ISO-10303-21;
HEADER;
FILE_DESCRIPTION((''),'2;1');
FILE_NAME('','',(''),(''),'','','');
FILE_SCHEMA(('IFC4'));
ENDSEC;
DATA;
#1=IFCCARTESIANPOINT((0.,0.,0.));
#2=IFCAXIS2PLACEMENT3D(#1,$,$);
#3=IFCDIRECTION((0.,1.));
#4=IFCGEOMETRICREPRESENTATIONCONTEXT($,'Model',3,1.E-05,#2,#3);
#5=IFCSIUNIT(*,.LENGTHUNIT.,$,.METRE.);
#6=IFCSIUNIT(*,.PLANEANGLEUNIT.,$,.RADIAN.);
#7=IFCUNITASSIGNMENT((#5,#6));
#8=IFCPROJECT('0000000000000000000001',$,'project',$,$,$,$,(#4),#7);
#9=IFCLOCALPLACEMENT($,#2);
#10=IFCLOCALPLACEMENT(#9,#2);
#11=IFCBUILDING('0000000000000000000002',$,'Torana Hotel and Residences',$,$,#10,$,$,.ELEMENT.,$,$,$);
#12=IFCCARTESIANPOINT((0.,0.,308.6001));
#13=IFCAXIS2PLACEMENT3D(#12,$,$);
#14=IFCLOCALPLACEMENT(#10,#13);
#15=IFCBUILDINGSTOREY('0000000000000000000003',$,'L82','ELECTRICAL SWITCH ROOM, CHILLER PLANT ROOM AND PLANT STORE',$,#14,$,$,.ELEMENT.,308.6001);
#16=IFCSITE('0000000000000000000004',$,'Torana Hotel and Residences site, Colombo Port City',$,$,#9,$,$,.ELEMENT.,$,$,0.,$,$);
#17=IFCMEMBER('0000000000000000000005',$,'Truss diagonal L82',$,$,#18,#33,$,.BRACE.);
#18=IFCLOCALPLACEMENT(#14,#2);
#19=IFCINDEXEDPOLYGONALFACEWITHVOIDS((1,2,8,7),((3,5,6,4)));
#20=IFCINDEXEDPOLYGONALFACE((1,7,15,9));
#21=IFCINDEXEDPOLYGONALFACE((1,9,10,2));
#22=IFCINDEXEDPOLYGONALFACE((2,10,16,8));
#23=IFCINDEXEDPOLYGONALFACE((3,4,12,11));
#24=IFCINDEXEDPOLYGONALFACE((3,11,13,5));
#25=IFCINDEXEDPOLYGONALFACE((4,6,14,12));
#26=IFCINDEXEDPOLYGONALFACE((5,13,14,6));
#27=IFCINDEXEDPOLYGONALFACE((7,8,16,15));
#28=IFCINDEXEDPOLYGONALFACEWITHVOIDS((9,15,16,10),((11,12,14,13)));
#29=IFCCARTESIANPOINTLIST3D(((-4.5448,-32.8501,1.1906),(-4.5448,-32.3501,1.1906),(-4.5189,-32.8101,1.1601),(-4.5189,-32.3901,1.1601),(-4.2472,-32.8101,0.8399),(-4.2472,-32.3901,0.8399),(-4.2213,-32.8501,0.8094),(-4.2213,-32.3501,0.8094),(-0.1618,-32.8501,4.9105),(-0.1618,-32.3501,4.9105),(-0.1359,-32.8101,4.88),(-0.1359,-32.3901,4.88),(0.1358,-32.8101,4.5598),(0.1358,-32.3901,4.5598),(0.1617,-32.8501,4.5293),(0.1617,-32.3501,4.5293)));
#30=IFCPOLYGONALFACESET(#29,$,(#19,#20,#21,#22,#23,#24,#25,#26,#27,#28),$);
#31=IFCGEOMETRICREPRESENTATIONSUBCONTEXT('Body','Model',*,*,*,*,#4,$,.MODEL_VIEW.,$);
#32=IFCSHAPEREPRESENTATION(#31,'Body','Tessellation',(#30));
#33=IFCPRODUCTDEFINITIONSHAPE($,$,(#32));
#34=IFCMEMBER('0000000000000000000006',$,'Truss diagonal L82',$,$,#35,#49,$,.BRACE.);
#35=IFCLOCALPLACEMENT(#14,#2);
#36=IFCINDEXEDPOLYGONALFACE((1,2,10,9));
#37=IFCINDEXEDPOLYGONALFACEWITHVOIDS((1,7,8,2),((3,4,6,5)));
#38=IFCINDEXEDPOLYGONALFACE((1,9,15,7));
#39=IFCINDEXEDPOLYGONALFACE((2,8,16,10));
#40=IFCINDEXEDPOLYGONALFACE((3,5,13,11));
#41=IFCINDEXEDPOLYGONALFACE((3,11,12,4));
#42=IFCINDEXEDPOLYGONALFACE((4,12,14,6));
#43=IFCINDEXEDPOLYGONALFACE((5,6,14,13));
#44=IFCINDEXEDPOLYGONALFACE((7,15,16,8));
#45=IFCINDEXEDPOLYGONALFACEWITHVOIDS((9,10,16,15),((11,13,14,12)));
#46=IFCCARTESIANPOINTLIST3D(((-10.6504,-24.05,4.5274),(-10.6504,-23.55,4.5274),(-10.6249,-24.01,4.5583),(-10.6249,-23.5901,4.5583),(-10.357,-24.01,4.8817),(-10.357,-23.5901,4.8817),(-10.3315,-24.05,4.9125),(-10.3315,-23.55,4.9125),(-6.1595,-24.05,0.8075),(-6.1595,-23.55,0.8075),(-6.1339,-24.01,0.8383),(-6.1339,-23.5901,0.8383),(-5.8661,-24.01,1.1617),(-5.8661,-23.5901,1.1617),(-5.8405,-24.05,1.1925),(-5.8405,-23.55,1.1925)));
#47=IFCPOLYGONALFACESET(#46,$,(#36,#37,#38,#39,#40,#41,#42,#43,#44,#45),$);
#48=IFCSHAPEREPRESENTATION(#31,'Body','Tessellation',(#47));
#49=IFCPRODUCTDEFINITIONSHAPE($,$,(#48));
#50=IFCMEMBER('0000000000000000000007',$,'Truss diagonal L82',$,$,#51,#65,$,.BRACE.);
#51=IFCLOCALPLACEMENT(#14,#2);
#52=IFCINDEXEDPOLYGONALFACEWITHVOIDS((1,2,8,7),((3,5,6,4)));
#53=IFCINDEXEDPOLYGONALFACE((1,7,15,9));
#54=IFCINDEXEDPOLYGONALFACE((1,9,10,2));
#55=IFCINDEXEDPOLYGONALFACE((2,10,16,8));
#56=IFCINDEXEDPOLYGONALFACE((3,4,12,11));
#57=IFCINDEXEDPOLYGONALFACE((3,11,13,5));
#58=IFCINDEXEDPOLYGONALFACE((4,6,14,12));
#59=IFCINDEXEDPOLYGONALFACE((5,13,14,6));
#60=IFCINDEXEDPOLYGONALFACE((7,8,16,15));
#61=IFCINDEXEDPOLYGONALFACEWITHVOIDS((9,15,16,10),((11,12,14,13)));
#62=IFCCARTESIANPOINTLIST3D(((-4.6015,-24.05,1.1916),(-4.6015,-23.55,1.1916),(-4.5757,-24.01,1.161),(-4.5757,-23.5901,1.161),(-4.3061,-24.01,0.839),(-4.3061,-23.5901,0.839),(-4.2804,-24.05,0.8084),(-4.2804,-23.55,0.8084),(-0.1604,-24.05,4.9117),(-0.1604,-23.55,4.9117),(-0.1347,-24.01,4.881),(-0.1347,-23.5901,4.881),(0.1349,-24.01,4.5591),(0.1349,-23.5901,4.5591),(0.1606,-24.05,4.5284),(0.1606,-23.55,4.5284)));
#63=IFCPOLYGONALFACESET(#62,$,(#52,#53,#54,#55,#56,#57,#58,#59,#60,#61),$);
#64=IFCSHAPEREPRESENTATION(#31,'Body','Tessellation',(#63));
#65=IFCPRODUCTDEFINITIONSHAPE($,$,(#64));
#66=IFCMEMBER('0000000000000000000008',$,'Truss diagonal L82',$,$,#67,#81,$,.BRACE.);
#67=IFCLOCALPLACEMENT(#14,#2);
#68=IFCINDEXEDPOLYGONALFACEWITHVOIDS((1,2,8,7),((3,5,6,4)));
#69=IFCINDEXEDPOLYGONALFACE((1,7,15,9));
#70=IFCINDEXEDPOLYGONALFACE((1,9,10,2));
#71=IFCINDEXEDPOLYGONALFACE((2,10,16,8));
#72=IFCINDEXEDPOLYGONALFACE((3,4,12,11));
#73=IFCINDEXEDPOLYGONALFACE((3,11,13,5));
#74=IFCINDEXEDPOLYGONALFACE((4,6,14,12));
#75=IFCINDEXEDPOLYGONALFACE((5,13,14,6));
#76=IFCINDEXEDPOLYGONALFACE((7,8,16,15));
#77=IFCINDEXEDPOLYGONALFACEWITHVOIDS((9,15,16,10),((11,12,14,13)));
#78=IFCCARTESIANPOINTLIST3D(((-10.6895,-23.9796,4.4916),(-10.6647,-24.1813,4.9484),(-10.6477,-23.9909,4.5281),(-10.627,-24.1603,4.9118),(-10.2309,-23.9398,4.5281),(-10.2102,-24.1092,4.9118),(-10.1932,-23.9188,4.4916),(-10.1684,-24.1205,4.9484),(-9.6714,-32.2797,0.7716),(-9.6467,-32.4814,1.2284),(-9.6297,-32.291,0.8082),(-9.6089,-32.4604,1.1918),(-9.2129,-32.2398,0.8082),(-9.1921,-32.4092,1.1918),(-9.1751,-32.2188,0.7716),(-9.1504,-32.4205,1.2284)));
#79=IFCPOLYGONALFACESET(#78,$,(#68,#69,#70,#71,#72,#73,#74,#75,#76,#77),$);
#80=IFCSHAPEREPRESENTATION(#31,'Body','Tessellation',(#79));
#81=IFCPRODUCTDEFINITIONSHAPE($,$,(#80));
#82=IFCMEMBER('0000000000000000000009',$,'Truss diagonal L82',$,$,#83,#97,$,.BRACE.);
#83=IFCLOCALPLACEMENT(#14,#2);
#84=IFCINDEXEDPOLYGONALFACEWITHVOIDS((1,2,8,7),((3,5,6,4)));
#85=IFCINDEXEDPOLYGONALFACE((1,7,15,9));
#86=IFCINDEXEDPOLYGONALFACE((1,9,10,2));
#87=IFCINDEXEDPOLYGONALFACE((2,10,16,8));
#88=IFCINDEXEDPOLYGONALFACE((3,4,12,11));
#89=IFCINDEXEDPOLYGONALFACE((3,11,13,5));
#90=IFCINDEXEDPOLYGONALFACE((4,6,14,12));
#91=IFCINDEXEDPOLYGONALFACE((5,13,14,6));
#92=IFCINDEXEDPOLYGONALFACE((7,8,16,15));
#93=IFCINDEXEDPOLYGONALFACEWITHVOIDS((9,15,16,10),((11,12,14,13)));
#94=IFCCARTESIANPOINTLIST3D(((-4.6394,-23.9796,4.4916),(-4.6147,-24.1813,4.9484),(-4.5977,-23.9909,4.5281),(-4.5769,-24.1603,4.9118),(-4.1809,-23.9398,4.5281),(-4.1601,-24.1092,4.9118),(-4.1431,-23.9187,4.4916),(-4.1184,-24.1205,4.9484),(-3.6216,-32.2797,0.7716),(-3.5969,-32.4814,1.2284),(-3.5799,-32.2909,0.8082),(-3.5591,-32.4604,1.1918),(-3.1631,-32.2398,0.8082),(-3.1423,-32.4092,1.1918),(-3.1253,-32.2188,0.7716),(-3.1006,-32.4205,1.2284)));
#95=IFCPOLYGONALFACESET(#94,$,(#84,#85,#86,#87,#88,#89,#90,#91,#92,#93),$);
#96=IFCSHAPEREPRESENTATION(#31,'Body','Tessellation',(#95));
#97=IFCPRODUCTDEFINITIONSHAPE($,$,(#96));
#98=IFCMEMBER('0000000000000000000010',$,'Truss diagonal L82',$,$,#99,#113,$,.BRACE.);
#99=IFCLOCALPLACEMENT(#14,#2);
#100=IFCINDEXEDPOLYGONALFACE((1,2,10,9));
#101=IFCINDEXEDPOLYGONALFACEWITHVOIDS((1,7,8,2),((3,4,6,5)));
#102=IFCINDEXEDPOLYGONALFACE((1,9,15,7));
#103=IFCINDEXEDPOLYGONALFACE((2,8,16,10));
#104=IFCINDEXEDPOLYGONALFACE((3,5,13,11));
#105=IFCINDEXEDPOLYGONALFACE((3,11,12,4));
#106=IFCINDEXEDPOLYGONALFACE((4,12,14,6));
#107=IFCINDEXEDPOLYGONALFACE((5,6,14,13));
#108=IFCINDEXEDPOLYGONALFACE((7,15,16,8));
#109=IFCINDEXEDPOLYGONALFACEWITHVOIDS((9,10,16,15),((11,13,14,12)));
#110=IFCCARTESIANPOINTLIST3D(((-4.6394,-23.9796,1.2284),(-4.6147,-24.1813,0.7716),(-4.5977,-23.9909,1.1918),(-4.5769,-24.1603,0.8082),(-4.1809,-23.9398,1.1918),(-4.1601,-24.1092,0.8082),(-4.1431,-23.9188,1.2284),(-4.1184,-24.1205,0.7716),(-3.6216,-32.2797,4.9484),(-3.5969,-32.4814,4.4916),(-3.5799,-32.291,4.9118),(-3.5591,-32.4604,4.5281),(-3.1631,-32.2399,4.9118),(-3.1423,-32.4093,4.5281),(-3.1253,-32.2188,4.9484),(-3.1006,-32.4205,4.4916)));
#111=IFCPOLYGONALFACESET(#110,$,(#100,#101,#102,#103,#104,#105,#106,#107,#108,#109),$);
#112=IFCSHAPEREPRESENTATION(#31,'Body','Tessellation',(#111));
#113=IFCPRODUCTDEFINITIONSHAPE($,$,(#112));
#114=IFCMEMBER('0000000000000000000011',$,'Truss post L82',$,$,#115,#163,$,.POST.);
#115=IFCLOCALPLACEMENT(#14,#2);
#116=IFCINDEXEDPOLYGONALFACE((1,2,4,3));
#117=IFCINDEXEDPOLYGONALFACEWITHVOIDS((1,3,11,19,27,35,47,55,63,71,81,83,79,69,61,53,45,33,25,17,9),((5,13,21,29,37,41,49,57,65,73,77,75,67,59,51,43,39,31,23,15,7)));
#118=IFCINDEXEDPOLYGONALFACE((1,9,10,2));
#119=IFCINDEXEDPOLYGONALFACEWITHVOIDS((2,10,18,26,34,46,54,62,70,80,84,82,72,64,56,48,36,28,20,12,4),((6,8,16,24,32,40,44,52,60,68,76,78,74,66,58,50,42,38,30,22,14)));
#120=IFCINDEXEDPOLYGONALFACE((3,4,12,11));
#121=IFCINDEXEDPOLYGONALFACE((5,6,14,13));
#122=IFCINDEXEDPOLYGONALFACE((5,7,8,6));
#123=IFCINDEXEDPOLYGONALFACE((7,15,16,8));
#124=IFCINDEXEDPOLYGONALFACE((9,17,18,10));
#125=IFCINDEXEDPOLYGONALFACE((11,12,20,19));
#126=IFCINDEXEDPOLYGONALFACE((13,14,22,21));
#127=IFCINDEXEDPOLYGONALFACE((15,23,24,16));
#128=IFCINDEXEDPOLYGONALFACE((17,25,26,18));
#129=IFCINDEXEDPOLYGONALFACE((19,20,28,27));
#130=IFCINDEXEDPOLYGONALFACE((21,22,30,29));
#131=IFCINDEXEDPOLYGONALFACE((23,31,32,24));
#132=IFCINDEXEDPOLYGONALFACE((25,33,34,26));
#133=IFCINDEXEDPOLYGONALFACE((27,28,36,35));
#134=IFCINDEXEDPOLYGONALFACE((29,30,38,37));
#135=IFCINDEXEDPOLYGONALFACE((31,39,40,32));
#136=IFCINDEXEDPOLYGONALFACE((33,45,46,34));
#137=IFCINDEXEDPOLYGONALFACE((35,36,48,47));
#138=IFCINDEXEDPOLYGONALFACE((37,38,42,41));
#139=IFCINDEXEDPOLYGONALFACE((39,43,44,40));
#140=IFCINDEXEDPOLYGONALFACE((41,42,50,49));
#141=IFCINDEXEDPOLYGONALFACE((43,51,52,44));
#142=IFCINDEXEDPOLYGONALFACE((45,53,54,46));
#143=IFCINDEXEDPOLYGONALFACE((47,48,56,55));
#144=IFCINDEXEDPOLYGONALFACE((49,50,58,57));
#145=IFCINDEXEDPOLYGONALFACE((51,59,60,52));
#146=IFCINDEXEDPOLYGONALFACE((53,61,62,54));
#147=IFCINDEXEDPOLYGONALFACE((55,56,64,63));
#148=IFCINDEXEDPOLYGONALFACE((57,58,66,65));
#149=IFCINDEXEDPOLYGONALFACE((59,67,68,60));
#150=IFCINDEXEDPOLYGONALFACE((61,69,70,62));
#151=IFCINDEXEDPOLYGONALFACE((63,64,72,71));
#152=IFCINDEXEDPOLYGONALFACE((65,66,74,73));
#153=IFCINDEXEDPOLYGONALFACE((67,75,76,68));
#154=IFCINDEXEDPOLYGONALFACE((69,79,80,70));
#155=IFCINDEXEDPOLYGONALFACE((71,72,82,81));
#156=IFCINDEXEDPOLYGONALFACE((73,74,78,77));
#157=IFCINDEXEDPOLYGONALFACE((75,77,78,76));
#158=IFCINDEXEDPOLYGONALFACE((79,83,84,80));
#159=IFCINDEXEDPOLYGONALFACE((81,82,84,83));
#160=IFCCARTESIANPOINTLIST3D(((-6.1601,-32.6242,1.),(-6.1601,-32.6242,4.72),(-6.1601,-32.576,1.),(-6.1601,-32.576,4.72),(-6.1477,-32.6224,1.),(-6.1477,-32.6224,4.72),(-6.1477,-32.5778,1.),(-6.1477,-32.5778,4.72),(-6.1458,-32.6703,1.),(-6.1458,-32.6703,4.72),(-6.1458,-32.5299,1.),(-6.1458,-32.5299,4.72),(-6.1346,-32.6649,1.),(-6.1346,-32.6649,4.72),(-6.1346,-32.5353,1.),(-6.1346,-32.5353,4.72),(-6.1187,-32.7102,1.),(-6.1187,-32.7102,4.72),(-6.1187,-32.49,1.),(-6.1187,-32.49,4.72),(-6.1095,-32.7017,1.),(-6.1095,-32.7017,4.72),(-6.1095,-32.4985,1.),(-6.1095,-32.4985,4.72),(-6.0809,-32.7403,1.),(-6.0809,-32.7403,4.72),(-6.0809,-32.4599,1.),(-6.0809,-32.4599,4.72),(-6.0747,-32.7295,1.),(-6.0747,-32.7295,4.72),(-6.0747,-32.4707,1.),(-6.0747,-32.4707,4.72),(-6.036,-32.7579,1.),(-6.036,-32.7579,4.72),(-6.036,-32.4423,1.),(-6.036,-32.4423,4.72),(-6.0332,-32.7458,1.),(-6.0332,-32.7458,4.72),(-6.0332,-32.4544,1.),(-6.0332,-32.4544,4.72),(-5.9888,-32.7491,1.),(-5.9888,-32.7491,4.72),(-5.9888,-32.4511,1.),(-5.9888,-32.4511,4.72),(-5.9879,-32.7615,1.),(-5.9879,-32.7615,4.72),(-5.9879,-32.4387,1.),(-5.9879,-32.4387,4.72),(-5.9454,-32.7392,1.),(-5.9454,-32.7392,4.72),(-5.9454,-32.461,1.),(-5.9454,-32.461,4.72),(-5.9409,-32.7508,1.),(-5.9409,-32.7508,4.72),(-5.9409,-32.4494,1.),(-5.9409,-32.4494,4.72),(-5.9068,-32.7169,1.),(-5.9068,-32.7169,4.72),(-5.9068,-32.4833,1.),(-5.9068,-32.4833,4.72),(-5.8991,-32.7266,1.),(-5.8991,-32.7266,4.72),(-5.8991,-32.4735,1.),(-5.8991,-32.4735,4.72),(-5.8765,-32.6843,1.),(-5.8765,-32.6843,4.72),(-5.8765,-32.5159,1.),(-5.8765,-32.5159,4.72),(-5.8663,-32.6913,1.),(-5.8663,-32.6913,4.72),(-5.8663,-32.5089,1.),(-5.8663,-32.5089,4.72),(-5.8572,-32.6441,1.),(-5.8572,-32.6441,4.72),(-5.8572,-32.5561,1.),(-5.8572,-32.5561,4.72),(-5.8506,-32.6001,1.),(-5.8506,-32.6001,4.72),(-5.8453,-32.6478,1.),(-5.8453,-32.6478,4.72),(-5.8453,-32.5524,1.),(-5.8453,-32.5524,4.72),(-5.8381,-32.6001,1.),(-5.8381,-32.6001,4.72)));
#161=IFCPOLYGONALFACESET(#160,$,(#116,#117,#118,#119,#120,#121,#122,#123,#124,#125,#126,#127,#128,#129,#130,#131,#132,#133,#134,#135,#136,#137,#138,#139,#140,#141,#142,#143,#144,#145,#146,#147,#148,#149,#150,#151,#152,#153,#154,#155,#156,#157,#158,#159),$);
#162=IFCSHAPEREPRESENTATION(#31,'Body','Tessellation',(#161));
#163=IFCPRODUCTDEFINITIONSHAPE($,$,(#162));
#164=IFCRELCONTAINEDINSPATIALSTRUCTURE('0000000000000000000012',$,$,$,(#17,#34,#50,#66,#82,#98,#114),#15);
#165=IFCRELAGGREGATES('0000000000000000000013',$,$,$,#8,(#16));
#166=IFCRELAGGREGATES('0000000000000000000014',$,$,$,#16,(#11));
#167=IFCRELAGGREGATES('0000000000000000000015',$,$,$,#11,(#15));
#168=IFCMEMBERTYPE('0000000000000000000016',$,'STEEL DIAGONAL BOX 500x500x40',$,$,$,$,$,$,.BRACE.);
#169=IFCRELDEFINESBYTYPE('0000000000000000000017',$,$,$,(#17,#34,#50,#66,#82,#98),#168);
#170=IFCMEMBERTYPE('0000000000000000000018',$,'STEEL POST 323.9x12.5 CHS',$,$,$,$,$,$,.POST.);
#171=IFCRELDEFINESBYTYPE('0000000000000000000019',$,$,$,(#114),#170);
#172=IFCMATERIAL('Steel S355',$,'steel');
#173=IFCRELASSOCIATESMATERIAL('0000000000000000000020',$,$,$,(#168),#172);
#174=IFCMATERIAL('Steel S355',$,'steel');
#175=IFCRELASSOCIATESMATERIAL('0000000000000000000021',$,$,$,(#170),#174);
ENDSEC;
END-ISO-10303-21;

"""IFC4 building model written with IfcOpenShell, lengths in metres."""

from ifc_helpers import new_model, si_unit, direction, frame, origin, origin_2d, place, context, subcontext, project, spatial, hollow_rectangle, hollow_circle, extrude, material, material_profile, profile_set, type_object, element, save


model = new_model("IFC4")

# Units and contexts
model_context = context("Model", 3, precision=1e-05, world=origin(), true_north=direction((0.0, 1.0)))
body_context = subcontext(model_context, "Body", "Model", "MODEL_VIEW")
ifc_project = project(units=[si_unit("LENGTHUNIT", "METRE"), si_unit("PLANEANGLEUNIT", "RADIAN")], contexts=[model_context])

# Site, building, storey
site_placement = place(None, origin())
site = spatial("IfcSite", under=ifc_project, at=site_placement, Name="Torana Hotel and Residences site, Colombo Port City", CompositionType="ELEMENT", RefElevation=0.0)
building_placement = place(site_placement, origin())
building = spatial("IfcBuilding", under=site, at=building_placement, Name="Torana Hotel and Residences", CompositionType="ELEMENT")
storey_placement = place(building_placement, frame((0.0, 0.0, 308.6001)))
storey = spatial("IfcBuildingStorey", under=building, at=storey_placement, Name="L82", Description="ELECTRICAL SWITCH ROOM, CHILLER PLANT ROOM AND PLANT STORE", CompositionType="ELEMENT", Elevation=308.6001)

# Members
ifc_material_1 = material(Name="Steel S355", Category="steel")
ifc_material_profile_1 = material_profile(ifc_material_1, hollow_rectangle(XDim=0.5, YDim=0.5, WallThickness=0.04, at=origin_2d()), Name="BOX 500x500x40")
ifc_profile_set_1 = profile_set([ifc_material_profile_1], Name="Steel S355")
member_type_1 = type_object("IfcMemberType", Name="STEEL DIAGONAL BOX 500x500x40", PredefinedType="BRACE", material=ifc_profile_set_1)
member_1_placement = place(storey_placement, frame((-4.3831, -32.6001, 1.0), z_axis=(0.762422, 0.0, 0.64708), x_axis=(0.0, 1.0, 0.0)))
element("IfcMember", 1, at=member_1_placement, inside=storey, type_object=member_type_1, Name="Truss diagonal L82", PredefinedType="BRACE", context=body_context, shape_type="SweptSolid", body=[
    extrude(hollow_rectangle(XDim=0.5, YDim=0.5, WallThickness=0.04, at=origin_2d()), origin(), (0.0, 0.0, 1.0), 5.7488),
])
member_2_placement = place(storey_placement, frame((-6.0, -23.8, 1.0), z_axis=(-0.770116, 0.0, 0.637904), x_axis=(0.0, -1.0, 0.0)))
element("IfcMember", 2, at=member_2_placement, inside=storey, type_object=member_type_1, Name="Truss diagonal L82", PredefinedType="BRACE", context=body_context, shape_type="SweptSolid", body=[
    extrude(hollow_rectangle(XDim=0.5, YDim=0.5, WallThickness=0.04, at=origin_2d()), origin(), (0.0, 0.0, 1.0), 5.8315),
])
member_3_placement = place(storey_placement, frame((-4.4409, -23.8, 1.0), z_axis=(0.766588, 0.0, 0.642139), x_axis=(0.0, 1.0, 0.0)))
element("IfcMember", 3, at=member_3_placement, inside=storey, type_object=member_type_1, Name="Truss diagonal L82", PredefinedType="BRACE", context=body_context, shape_type="SweptSolid", body=[
    extrude(hollow_rectangle(XDim=0.5, YDim=0.5, WallThickness=0.04, at=origin_2d()), origin(), (0.0, 0.0, 1.0), 5.7932),
])
for number, where, z_axis, x_axis, name in (
    (4, (-9.4109, -32.3501, 1.0), (-0.111236, 0.906877, 0.40645), (-0.992561, -0.121745, 0.0), "Truss diagonal L82"),
    (5, (-3.3611, -32.3501, 1.0), (-0.111209, 0.906879, 0.406451), (-0.992565, -0.121717, 0.0), "Truss diagonal L82"),
    (6, (-4.3789, -24.05, 1.0), (0.111209, -0.906879, 0.406451), (0.992565, 0.121717, 0.0), "Truss diagonal L82"),
):
    element("IfcMember", number, at=place(storey_placement, frame(where, z_axis=z_axis, x_axis=x_axis)), inside=storey, type_object=member_type_1, Name=name, PredefinedType="BRACE", context=body_context, shape_type="SweptSolid", body=[
        extrude(hollow_rectangle(XDim=0.5, YDim=0.5, WallThickness=0.04, at=origin_2d()), origin(), (0.0, 0.0, 1.0), 9.1523),
    ])
ifc_material_2 = material(Name="Steel S355", Category="steel")
ifc_material_profile_2 = material_profile(ifc_material_2, hollow_circle(Radius=0.1619, WallThickness=0.0125, at=origin_2d()), Name="323.9x12.5 CHS")
ifc_profile_set_2 = profile_set([ifc_material_profile_2], Name="Steel S355")
member_type_2 = type_object("IfcMemberType", Name="STEEL POST 323.9x12.5 CHS", PredefinedType="POST", material=ifc_profile_set_2)
for number, where, z_axis, x_axis, name in (
    (7, (-6.0, -32.6001, 1.0), (0.0, 0.0, 1.0), (1.0, 0.0, 0.0), "Truss post L82"),
):
    element("IfcMember", number, at=place(storey_placement, frame(where, z_axis=z_axis, x_axis=x_axis)), inside=storey, type_object=member_type_2, Name=name, PredefinedType="POST", context=body_context, shape_type="SweptSolid", body=[
        extrude(hollow_circle(Radius=0.1619, WallThickness=0.0125, at=origin_2d()), origin(), (0.0, 0.0, 1.0), 3.72),
    ])

save(model, "model.ifc")
